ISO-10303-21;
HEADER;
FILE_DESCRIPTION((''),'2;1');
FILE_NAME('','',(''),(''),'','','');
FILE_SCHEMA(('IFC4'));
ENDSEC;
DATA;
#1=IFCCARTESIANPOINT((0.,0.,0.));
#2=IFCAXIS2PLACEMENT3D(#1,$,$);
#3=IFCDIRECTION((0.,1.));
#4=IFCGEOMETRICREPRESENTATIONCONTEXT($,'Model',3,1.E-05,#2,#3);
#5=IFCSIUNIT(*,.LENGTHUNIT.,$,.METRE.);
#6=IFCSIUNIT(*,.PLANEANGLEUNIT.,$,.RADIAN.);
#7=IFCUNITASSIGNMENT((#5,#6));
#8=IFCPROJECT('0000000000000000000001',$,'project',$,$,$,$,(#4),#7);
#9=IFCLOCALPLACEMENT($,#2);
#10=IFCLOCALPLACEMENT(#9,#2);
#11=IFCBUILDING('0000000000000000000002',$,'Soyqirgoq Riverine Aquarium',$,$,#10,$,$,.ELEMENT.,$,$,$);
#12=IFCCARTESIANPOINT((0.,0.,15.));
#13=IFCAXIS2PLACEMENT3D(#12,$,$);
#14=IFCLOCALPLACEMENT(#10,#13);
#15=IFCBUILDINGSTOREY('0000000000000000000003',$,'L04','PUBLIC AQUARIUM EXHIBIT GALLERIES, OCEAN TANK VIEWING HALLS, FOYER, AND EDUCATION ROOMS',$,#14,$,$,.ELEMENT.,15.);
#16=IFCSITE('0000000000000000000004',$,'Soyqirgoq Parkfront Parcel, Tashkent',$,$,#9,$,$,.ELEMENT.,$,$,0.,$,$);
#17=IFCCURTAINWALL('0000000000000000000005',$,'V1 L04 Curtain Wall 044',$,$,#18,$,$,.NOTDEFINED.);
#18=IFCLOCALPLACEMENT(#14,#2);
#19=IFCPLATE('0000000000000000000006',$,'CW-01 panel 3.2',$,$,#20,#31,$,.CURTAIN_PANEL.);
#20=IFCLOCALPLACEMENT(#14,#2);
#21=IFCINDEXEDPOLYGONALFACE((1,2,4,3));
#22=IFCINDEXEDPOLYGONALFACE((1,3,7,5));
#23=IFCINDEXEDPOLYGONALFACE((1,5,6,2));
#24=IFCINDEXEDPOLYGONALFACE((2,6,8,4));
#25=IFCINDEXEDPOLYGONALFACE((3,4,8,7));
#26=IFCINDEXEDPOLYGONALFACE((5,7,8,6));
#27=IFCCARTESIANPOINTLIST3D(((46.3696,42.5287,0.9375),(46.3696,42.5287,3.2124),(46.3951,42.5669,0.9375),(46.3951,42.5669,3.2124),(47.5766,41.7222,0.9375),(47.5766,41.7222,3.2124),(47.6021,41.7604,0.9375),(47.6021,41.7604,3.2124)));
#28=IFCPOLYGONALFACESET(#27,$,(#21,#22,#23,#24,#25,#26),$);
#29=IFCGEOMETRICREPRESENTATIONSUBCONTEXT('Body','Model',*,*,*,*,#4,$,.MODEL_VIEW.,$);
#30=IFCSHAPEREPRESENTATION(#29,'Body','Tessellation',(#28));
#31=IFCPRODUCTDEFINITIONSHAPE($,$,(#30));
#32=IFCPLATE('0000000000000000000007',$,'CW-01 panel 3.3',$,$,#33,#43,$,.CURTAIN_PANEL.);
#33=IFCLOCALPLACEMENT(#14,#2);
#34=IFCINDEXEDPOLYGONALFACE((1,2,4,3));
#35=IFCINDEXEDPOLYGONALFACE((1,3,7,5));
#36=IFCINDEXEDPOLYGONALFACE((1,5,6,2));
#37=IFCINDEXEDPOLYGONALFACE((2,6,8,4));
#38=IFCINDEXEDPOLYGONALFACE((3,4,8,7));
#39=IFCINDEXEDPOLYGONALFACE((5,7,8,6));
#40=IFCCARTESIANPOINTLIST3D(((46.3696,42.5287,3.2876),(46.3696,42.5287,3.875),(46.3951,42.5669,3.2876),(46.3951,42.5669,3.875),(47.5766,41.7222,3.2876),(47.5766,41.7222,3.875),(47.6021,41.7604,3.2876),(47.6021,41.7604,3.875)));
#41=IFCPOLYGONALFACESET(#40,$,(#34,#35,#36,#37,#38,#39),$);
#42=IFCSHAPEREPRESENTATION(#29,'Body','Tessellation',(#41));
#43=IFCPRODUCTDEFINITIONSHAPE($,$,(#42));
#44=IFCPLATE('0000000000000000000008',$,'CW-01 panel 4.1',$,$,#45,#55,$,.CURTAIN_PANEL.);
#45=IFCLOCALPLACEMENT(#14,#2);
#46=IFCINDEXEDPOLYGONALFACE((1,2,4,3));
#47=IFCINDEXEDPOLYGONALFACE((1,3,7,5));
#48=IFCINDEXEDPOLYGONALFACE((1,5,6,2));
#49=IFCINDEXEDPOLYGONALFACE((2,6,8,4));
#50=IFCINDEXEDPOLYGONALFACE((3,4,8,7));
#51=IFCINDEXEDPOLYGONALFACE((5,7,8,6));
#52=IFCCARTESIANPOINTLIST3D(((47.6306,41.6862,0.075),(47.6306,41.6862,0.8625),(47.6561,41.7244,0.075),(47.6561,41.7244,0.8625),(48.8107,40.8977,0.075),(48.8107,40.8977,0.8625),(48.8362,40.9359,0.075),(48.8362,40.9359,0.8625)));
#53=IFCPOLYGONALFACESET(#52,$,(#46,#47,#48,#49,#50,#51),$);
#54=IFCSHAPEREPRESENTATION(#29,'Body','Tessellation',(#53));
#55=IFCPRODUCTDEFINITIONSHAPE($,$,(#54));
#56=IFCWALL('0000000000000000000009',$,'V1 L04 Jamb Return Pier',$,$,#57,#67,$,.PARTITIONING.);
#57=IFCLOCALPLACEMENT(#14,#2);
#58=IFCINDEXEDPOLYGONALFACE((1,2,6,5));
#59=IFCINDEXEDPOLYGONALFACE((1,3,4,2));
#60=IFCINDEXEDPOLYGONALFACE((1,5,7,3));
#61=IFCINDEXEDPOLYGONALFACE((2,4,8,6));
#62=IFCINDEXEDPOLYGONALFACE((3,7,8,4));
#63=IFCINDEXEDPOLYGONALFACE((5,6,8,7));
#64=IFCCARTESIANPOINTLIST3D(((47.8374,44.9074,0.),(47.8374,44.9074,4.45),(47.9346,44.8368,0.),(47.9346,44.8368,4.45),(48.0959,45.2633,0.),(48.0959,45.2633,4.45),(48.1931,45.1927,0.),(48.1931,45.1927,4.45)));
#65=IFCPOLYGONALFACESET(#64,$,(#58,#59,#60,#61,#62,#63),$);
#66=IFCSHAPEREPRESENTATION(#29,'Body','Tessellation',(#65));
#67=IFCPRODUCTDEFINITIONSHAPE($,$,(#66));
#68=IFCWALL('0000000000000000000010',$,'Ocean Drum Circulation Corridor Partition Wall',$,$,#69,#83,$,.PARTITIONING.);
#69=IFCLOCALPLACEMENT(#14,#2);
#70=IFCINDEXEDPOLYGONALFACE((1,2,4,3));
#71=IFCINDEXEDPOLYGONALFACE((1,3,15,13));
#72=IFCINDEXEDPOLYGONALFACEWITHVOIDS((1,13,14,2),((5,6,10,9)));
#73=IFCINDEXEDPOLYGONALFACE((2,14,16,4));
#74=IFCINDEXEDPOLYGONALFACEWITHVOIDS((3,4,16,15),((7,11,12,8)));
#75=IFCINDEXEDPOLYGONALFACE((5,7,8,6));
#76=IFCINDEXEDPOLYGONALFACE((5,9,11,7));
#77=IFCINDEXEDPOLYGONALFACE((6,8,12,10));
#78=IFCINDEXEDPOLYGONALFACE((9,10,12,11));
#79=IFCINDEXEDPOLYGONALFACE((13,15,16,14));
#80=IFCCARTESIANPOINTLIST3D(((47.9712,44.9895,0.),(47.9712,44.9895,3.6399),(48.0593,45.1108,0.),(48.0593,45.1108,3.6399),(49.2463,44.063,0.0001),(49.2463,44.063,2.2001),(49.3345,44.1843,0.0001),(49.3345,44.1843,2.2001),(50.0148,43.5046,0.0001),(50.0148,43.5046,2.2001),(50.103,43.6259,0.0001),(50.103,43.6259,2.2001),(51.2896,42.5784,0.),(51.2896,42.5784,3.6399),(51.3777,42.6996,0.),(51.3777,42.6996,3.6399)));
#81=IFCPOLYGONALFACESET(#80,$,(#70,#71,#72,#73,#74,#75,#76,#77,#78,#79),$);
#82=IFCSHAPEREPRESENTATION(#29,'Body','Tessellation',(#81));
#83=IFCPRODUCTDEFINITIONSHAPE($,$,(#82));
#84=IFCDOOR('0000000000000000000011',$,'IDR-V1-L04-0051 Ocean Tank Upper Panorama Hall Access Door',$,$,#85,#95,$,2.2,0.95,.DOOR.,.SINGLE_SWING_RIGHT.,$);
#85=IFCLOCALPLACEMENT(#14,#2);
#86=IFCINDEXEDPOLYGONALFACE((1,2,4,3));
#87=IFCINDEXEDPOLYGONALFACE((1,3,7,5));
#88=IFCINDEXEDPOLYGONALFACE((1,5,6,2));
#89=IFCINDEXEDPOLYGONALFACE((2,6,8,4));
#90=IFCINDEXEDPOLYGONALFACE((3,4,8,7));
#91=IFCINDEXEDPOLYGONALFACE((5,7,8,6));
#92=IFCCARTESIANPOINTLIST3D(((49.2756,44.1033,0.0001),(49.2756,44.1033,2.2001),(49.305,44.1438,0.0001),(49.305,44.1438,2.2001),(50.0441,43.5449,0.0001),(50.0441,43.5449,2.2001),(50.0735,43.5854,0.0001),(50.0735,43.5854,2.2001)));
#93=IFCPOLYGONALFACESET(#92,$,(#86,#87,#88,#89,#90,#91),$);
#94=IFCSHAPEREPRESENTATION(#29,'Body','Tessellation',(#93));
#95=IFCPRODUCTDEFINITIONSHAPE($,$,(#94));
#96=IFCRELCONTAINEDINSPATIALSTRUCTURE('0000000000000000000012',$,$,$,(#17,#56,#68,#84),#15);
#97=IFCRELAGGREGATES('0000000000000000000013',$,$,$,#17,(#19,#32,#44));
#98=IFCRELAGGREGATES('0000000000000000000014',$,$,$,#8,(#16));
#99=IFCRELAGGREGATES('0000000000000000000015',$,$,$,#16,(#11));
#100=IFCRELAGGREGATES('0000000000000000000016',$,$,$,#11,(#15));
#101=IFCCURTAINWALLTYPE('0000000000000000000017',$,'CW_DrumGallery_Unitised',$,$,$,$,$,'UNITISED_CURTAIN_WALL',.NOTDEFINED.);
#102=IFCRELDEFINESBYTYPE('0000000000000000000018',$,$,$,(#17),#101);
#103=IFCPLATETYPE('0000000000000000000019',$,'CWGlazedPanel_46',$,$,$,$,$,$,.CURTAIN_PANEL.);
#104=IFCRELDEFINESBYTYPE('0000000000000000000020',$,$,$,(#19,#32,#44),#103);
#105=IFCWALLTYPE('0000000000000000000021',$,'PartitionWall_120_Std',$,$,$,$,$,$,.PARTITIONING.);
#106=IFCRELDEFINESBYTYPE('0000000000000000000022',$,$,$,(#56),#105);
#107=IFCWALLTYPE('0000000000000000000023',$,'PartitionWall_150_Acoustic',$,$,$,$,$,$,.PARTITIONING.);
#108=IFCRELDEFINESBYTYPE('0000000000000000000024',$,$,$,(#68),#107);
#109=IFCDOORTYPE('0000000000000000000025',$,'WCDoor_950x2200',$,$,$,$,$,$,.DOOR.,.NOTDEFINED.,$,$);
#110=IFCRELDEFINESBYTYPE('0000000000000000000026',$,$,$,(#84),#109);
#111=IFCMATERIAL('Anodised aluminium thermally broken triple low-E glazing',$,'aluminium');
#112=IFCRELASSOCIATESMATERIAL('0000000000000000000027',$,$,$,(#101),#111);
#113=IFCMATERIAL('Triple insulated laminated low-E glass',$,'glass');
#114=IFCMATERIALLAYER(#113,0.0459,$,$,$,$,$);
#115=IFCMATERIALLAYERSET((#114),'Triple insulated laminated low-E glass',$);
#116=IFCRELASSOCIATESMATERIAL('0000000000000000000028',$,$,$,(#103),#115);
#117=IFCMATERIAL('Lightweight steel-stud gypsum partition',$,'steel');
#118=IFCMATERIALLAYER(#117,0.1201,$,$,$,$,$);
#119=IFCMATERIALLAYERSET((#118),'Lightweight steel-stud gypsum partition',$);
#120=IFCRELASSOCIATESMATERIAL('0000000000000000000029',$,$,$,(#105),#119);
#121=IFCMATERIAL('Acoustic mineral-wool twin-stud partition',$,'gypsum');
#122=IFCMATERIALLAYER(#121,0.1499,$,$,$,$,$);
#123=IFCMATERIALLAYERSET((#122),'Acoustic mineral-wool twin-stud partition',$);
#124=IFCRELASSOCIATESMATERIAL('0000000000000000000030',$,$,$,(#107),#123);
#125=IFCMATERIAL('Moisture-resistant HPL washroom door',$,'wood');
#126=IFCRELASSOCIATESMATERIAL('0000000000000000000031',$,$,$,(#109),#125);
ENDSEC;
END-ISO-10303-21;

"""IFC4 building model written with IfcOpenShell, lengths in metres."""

from ifc_helpers import new_model, si_unit, direction, frame, frame_2d, origin, origin_2d, place, context, subcontext, project, spatial, rectangle, extrude, material, layer, layer_set, type_object, element, fill, aggregate, save


model = new_model("IFC4")

# Units and contexts
model_context = context("Model", 3, precision=1e-05, world=origin(), true_north=direction((0.0, 1.0)))
body_context = subcontext(model_context, "Body", "Model", "MODEL_VIEW")
ifc_project = project(units=[si_unit("LENGTHUNIT", "METRE"), si_unit("PLANEANGLEUNIT", "RADIAN")], contexts=[model_context])

# Site, building, storey
site_placement = place(None, origin())
site = spatial("IfcSite", under=ifc_project, at=site_placement, Name="Soyqirgoq Parkfront Parcel, Tashkent", CompositionType="ELEMENT", RefElevation=0.0)
building_placement = place(site_placement, origin())
building = spatial("IfcBuilding", under=site, at=building_placement, Name="Soyqirgoq Riverine Aquarium", CompositionType="ELEMENT")
storey_placement = place(building_placement, frame((0.0, 0.0, 15.0)))
storey = spatial("IfcBuildingStorey", under=building, at=storey_placement, Name="L04", Description="PUBLIC AQUARIUM EXHIBIT GALLERIES, OCEAN TANK VIEWING HALLS, FOYER, AND EDUCATION ROOMS", CompositionType="ELEMENT", Elevation=15.0)

# Curtain wall, plates
ifc_material_1 = material(Name="Anodised aluminium thermally broken triple low-E glazing", Category="aluminium")
curtain_wall_type = type_object("IfcCurtainWallType", Name="CW_DrumGallery_Unitised", ElementType="UNITISED_CURTAIN_WALL", PredefinedType="NOTDEFINED", material=ifc_material_1)
curtain_wall_placement = place(storey_placement, origin())
curtain_wall = element("IfcCurtainWall", 1, at=curtain_wall_placement, inside=storey, type_object=curtain_wall_type, Name="V1 L04 Curtain Wall 044", PredefinedType="NOTDEFINED")
ifc_material_2 = material(Name="Triple insulated laminated low-E glass", Category="glass")
ifc_layer_1 = layer(ifc_material_2, 0.0459)
ifc_layer_set_1 = layer_set([ifc_layer_1], Name="Triple insulated laminated low-E glass")
plate_type = type_object("IfcPlateType", Name="CWGlazedPanel_46", PredefinedType="CURTAIN_PANEL", material=ifc_layer_set_1)
plate_1_placement = place(storey_placement, frame((46.9858, 42.1445, 0.9375), z_axis=(0.0, 0.0, 1.0), x_axis=(0.831464, -0.555579, 0.0)))
plate_1 = element("IfcPlate", 2, at=plate_1_placement, type_object=plate_type, Name="CW-01 panel 3.2", PredefinedType="CURTAIN_PANEL", context=body_context, shape_type="SweptSolid", body=[
    extrude(rectangle(XDim=1.4517, YDim=0.0459, at=origin_2d()), origin(), (0.0, 0.0, 1.0), 2.2749),
])
plate_2_placement = place(storey_placement, frame((46.9858, 42.1445, 3.2876), z_axis=(0.0, 0.0, 1.0), x_axis=(0.831464, -0.555579, 0.0)))
plate_2 = element("IfcPlate", 3, at=plate_2_placement, type_object=plate_type, Name="CW-01 panel 3.3", PredefinedType="CURTAIN_PANEL", context=body_context, shape_type="SweptSolid", body=[
    extrude(rectangle(XDim=1.4517, YDim=0.0459, at=origin_2d()), origin(), (0.0, 0.0, 1.0), 0.5874),
])
plate_3_placement = place(storey_placement, frame((48.2334, 41.311, 0.075), z_axis=(0.0, 0.0, 1.0), x_axis=(0.831464, -0.555579, 0.0)))
plate_3 = element("IfcPlate", 4, at=plate_3_placement, type_object=plate_type, Name="CW-01 panel 4.1", PredefinedType="CURTAIN_PANEL", context=body_context, shape_type="SweptSolid", body=[
    extrude(rectangle(XDim=1.4192, YDim=0.0459, at=origin_2d()), origin(), (0.0, 0.0, 1.0), 0.7876),
])
aggregate(curtain_wall, [plate_1, plate_2, plate_3])

# Wall
ifc_material_3 = material(Name="Lightweight steel-stud gypsum partition", Category="steel")
ifc_layer_2 = layer(ifc_material_3, 0.1201)
ifc_layer_set_2 = layer_set([ifc_layer_2], Name="Lightweight steel-stud gypsum partition")
wall_type_1 = type_object("IfcWallType", Name="PartitionWall_120_Std", PredefinedType="PARTITIONING", material=ifc_layer_set_2)
wall_1_placement = place(storey_placement, frame((47.886, 44.8721, 0.0), z_axis=(0.0, 0.0, 1.0), x_axis=(0.587677, 0.809096, 0.0)))
element("IfcWall", 5, at=wall_1_placement, inside=storey, type_object=wall_type_1, Name="V1 L04 Jamb Return Pier", PredefinedType="PARTITIONING", context=body_context, shape_type="SweptSolid", body=[
    extrude(rectangle(XDim=0.4399, YDim=0.1201, at=frame_2d((0.22, 0.0))), origin(), (0.0, 0.0, 1.0), 4.45),
])

# Wall, opening, door
ifc_material_4 = material(Name="Acoustic mineral-wool twin-stud partition", Category="gypsum")
ifc_layer_3 = layer(ifc_material_4, 0.1499)
ifc_layer_set_3 = layer_set([ifc_layer_3], Name="Acoustic mineral-wool twin-stud partition")
wall_type_2 = type_object("IfcWallType", Name="PartitionWall_150_Acoustic", PredefinedType="PARTITIONING", material=ifc_layer_set_3)
wall_2_placement = place(storey_placement, frame((48.0154, 45.05, 0.0), z_axis=(0.0, 0.0, 1.0), x_axis=(0.808993, -0.587818, 0.0)))
wall_2 = element("IfcWall", 6, at=wall_2_placement, inside=storey, type_object=wall_type_2, Name="Ocean Drum Circulation Corridor Partition Wall", PredefinedType="PARTITIONING", context=body_context, shape_type="SweptSolid", body=[
    extrude(rectangle(XDim=4.1018, YDim=0.1499, at=frame_2d((2.0508, 0.0))), origin(), (0.0, 0.0, 1.0), 3.6399),
])
opening_1_placement = place(wall_2_placement, frame((1.5759, 0.0, 0.0)))
opening_1 = element("IfcOpeningElement", 7, at=opening_1_placement, cuts=wall_2, PredefinedType="OPENING", context=body_context, shape_type="SweptSolid", body=[
    extrude(rectangle(XDim=0.95, YDim=2.2, at=frame_2d((0.4751, 1.1001))), frame((0.0, 0.085, 0.0), z_axis=(0.0, -1.0, 0.0), x_axis=(1.0, 0.0, 0.0)), (0.0, 0.0, 1.0), 0.1699),
])
ifc_material_5 = material(Name="Moisture-resistant HPL washroom door", Category="wood")
door_type_1 = type_object("IfcDoorType", Name="WCDoor_950x2200", OperationType="NOTDEFINED", PredefinedType="DOOR", material=ifc_material_5)
door_1_placement = place(opening_1_placement, origin())
door_1 = element("IfcDoor", 8, at=door_1_placement, inside=storey, type_object=door_type_1, Name="IDR-V1-L04-0051 Ocean Tank Upper Panorama Hall Access Door", OperationType="SINGLE_SWING_RIGHT", OverallHeight=2.2, OverallWidth=0.95, PredefinedType="DOOR", context=body_context, shape_type="SweptSolid", body=[
    extrude(rectangle(XDim=0.95, YDim=2.2, at=frame_2d((0.4751, 1.1001))), frame((0.0, 0.0249, 0.0), z_axis=(0.0, -1.0, 0.0), x_axis=(1.0, 0.0, 0.0)), (0.0, 0.0, 1.0), 0.05),
])
fill(opening_1, door_1)

save(model, "model.ifc")
